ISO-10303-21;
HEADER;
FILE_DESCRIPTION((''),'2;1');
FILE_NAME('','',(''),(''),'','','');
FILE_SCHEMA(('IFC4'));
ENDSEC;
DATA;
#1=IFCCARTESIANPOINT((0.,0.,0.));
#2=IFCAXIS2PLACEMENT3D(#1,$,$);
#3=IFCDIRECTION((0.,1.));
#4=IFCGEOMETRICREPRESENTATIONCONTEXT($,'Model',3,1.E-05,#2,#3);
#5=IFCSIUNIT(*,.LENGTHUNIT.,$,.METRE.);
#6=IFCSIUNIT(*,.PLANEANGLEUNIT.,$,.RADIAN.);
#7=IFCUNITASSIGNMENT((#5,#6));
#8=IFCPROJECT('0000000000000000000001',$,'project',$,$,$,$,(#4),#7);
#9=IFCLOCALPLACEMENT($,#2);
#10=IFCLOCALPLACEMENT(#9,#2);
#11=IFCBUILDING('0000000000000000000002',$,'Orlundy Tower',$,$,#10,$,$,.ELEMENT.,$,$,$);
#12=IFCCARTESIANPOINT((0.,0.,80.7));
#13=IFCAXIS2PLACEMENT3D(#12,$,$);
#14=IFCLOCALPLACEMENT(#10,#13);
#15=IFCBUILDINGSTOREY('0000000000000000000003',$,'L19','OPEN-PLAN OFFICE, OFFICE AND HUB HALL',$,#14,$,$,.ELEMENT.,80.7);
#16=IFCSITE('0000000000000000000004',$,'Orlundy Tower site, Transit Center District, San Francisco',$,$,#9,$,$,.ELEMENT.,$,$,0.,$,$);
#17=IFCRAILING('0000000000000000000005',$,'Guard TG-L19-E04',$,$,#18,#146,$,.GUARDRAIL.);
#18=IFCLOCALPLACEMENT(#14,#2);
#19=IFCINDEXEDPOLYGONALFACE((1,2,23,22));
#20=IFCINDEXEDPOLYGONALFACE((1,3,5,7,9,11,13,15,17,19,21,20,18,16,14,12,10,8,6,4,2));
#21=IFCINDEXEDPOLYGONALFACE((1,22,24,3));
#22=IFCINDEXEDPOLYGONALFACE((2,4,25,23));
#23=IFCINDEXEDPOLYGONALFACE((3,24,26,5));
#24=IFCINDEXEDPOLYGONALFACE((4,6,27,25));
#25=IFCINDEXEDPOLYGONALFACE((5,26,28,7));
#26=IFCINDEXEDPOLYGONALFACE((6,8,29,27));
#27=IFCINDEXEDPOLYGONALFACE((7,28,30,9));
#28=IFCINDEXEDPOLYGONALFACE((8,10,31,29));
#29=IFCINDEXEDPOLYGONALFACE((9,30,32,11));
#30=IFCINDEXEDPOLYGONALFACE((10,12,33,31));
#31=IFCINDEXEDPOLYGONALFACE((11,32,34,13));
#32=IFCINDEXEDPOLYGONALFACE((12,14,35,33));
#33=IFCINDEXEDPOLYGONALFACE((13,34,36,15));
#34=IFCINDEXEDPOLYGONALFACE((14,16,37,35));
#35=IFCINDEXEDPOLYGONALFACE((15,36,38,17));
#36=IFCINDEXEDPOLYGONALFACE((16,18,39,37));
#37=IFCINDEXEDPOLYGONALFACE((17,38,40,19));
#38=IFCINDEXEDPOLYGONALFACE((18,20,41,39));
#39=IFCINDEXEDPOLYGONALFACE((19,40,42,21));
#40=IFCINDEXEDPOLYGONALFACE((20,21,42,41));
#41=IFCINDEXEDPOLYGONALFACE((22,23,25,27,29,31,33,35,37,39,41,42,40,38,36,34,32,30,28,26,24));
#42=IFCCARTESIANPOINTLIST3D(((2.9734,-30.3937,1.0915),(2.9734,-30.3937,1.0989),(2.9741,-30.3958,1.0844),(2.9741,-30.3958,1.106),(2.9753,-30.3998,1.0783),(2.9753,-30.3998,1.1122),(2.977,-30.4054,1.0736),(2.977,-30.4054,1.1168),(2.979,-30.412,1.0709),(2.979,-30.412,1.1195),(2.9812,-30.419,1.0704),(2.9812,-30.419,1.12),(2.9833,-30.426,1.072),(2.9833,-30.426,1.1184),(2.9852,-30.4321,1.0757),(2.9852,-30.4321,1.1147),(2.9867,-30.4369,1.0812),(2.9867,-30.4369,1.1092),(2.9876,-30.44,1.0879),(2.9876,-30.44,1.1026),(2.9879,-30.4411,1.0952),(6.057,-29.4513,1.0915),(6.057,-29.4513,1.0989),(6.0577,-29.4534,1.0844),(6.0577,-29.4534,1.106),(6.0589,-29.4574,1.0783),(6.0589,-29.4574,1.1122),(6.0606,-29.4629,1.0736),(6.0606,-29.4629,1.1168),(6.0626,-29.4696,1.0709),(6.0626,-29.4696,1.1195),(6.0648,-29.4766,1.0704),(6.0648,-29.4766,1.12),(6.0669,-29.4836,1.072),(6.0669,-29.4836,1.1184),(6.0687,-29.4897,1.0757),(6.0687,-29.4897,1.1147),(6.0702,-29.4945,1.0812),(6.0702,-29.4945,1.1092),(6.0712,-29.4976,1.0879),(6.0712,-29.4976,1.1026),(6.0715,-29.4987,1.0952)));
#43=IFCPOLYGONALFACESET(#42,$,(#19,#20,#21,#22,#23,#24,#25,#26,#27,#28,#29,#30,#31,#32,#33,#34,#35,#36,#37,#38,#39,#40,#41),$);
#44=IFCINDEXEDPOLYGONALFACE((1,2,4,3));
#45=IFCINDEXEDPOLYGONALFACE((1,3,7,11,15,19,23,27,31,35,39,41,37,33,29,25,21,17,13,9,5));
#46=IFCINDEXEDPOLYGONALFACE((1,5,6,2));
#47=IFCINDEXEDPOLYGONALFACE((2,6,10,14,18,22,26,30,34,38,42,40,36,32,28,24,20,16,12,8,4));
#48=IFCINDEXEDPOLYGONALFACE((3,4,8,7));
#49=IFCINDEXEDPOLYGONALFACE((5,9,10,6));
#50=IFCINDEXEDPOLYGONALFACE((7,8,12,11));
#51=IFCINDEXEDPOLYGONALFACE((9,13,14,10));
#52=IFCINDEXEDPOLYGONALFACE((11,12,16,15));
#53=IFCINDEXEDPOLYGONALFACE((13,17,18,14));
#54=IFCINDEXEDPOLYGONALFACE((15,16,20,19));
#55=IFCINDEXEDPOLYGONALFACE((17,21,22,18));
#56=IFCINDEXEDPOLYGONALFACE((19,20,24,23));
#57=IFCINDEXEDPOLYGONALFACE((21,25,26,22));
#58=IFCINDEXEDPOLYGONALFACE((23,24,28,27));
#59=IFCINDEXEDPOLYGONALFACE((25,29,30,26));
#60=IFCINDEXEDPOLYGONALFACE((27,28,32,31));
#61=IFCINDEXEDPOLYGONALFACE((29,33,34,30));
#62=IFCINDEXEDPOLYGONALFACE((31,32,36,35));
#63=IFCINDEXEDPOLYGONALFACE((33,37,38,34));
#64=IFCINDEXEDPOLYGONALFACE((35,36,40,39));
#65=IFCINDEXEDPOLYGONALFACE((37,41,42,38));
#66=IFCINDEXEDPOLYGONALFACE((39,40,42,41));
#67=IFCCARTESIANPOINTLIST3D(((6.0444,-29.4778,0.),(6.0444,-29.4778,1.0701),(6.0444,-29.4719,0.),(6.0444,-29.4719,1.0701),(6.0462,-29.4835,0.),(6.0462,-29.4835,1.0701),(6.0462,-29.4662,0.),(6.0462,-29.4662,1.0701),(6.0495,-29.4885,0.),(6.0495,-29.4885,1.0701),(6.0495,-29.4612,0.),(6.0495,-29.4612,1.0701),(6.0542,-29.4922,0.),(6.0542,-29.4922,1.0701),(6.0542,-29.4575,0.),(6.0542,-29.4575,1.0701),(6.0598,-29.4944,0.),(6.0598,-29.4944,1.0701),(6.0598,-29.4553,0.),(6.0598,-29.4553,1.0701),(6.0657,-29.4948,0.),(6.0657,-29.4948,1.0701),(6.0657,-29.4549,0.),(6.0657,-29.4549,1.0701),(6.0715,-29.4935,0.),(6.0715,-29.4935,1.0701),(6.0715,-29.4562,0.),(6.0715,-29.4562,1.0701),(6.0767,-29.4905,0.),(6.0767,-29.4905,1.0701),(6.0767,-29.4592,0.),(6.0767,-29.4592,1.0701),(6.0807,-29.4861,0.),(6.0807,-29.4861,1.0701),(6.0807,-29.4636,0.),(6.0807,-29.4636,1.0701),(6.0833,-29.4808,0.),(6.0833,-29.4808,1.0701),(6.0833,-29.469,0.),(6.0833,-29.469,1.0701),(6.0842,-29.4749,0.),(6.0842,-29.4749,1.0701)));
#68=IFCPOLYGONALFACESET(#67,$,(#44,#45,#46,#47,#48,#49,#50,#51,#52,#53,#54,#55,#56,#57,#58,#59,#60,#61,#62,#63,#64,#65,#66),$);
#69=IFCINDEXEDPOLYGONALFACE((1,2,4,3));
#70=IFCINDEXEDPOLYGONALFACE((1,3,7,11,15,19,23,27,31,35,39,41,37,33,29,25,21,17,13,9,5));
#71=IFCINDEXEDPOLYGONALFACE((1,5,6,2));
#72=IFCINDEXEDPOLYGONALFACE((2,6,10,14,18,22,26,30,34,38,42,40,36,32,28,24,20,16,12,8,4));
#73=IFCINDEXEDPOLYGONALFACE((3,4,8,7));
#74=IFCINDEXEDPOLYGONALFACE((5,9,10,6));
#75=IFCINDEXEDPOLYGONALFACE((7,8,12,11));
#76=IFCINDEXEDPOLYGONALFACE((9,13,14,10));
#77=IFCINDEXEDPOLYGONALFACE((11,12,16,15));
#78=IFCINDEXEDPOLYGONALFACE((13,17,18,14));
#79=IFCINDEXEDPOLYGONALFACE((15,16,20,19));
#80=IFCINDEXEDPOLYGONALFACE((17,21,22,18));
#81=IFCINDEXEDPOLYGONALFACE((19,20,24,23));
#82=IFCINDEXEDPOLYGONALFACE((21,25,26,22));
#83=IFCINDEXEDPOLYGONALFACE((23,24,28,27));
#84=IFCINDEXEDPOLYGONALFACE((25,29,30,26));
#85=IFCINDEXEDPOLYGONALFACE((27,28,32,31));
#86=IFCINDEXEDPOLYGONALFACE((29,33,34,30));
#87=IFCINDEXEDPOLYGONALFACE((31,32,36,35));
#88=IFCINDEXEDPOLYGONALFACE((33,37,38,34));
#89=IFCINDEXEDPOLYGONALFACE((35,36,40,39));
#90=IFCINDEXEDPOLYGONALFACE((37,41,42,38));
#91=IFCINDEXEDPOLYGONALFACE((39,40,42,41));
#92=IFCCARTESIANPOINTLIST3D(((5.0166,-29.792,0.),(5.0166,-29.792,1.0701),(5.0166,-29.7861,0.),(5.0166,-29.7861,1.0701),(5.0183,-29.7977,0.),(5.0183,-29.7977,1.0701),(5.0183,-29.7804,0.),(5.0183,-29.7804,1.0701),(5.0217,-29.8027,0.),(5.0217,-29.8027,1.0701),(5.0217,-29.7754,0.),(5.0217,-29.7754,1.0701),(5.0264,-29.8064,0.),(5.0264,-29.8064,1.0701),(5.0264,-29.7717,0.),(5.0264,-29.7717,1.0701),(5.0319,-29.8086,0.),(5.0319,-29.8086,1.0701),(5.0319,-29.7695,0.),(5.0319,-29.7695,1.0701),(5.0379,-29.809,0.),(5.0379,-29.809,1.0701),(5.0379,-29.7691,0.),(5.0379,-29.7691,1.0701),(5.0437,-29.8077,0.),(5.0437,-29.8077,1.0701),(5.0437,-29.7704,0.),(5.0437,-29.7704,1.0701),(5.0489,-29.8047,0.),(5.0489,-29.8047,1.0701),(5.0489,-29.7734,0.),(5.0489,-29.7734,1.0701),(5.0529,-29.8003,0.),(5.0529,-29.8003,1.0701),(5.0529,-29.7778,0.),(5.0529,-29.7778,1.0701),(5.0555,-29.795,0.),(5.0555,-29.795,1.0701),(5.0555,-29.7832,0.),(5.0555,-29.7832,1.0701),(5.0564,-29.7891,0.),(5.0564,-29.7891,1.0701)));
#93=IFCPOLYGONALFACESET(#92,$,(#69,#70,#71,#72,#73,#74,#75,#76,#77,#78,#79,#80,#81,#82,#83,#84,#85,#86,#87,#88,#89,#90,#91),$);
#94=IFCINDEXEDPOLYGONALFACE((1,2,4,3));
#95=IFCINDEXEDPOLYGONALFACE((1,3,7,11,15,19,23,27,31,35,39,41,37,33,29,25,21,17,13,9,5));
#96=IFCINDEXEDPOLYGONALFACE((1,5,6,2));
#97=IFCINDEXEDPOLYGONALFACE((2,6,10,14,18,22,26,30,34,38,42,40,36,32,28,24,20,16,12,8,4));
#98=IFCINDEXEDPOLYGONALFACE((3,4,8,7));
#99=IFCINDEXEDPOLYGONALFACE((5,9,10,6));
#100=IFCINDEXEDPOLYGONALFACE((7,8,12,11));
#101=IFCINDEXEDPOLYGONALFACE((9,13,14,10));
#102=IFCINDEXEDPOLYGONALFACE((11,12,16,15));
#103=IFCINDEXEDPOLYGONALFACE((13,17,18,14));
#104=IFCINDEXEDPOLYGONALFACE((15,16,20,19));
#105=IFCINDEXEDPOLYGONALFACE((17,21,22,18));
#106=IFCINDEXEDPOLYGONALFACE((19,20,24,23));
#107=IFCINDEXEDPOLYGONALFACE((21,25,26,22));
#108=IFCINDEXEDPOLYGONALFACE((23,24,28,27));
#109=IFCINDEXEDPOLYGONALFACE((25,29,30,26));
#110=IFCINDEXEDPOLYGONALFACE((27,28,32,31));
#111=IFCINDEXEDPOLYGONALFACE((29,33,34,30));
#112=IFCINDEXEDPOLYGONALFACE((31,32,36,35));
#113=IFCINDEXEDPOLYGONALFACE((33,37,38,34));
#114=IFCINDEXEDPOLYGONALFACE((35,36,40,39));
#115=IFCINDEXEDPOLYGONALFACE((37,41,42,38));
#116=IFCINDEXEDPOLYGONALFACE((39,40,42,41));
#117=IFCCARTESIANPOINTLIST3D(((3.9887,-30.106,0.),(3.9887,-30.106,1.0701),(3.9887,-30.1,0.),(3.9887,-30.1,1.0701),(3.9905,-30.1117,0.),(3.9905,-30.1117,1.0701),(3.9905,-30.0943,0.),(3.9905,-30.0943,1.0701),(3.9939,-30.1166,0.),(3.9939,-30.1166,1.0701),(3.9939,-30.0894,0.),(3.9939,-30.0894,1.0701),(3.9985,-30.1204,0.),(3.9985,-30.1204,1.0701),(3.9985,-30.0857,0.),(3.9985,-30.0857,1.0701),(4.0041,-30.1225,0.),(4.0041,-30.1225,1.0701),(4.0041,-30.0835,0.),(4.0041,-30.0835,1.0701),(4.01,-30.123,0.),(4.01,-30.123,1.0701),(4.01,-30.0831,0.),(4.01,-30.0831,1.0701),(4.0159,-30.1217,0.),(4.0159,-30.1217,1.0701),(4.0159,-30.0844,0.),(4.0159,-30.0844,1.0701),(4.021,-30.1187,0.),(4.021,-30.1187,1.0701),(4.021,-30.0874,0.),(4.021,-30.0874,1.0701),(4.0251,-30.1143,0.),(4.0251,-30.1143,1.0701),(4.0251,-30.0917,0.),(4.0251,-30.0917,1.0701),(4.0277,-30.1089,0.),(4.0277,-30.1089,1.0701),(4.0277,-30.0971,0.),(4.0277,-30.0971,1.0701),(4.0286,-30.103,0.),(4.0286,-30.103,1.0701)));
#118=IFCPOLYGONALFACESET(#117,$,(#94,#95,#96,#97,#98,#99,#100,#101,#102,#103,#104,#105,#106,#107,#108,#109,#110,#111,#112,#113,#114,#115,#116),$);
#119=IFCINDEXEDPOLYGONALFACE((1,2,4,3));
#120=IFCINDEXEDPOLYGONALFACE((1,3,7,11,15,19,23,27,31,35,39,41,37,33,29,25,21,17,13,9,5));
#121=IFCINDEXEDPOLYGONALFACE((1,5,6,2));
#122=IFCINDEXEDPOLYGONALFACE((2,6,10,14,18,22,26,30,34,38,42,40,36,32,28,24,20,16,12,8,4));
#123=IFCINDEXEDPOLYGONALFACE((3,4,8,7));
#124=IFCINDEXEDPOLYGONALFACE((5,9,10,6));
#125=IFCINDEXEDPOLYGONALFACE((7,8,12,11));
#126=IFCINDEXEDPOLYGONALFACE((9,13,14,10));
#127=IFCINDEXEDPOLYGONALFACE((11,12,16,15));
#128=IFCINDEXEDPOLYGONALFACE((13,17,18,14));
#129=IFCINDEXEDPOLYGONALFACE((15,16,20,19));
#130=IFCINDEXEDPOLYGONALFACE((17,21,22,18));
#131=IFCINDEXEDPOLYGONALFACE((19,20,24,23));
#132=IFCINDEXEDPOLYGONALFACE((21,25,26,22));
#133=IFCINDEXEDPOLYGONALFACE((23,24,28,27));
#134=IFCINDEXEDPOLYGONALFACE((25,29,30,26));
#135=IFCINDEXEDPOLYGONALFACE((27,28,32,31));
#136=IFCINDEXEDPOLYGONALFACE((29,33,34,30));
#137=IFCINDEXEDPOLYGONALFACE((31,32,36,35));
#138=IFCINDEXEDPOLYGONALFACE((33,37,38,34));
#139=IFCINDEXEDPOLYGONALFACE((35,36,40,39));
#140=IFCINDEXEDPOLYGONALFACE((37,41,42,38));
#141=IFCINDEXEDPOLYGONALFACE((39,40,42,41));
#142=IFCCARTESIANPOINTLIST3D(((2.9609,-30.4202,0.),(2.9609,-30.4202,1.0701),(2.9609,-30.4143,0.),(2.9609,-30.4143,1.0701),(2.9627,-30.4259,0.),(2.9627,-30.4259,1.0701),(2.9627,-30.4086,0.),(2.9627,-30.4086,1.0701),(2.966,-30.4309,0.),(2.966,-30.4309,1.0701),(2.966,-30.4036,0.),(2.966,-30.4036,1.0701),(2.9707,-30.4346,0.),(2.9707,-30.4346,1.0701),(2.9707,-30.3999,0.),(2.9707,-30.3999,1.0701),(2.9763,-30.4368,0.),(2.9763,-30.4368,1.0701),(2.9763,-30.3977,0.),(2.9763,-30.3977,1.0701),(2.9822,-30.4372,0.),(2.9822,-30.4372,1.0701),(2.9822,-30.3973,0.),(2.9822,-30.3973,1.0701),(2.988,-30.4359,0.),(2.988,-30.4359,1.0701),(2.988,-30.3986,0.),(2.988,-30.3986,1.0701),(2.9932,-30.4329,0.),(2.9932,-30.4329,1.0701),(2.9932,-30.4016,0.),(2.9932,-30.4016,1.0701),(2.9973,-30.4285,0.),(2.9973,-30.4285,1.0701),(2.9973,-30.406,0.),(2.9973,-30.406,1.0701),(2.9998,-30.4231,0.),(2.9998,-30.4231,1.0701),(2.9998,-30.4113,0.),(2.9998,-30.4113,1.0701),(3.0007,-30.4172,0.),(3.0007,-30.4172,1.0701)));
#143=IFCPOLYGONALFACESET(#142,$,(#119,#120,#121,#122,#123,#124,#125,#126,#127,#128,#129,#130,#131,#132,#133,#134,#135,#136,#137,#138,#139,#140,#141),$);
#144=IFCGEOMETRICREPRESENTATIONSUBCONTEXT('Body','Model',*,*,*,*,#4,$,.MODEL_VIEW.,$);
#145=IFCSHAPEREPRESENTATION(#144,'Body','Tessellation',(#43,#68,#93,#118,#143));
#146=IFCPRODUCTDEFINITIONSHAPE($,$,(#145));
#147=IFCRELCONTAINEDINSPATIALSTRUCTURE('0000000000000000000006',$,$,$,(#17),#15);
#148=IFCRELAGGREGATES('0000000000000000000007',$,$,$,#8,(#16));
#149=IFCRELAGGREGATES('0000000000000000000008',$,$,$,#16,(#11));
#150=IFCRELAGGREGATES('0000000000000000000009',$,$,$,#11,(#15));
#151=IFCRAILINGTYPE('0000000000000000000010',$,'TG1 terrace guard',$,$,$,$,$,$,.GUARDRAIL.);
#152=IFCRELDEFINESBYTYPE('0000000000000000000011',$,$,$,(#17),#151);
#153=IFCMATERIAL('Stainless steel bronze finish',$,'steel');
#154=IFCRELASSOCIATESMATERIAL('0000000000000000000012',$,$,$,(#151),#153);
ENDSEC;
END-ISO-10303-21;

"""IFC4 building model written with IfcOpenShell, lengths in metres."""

from ifc_helpers import new_model, si_unit, direction, frame, origin, origin_2d, place, context, subcontext, project, spatial, circle, extrude, material, type_object, element, save


model = new_model("IFC4")

# Units and contexts
model_context = context("Model", 3, precision=1e-05, world=origin(), true_north=direction((0.0, 1.0)))
body_context = subcontext(model_context, "Body", "Model", "MODEL_VIEW")
ifc_project = project(units=[si_unit("LENGTHUNIT", "METRE"), si_unit("PLANEANGLEUNIT", "RADIAN")], contexts=[model_context])

# Site, building, storey
site_placement = place(None, origin())
site = spatial("IfcSite", under=ifc_project, at=site_placement, Name="Orlundy Tower site, Transit Center District, San Francisco", CompositionType="ELEMENT", RefElevation=0.0)
building_placement = place(site_placement, origin())
building = spatial("IfcBuilding", under=site, at=building_placement, Name="Orlundy Tower", CompositionType="ELEMENT")
storey_placement = place(building_placement, frame((0.0, 0.0, 80.7)))
storey = spatial("IfcBuildingStorey", under=building, at=storey_placement, Name="L19", Description="OPEN-PLAN OFFICE, OFFICE AND HUB HALL", CompositionType="ELEMENT", Elevation=80.7)

# Railing
ifc_material_1 = material(Name="Stainless steel bronze finish", Category="steel")
railing_type = type_object("IfcRailingType", Name="TG1 terrace guard", PredefinedType="GUARDRAIL", material=ifc_material_1)
railing_placement = place(storey_placement, frame((6.0642, -29.4749, 0.0)))
element("IfcRailing", 1, at=railing_placement, inside=storey, type_object=railing_type, Name="Guard TG-L19-E04", PredefinedType="GUARDRAIL", context=body_context, shape_type="SweptSolid", body=[
    extrude(circle(Radius=0.0249, at=origin_2d()), frame((0.0, 0.0, 1.0952), z_axis=(-0.956334, -0.292276, 0.0), x_axis=(0.292276, -0.956334, 0.0)), (0.0, 0.0, 1.0), 3.2244),
    extrude(circle(Radius=0.02, at=origin_2d()), origin(), (0.0, 0.0, 1.0), 1.0701),
    extrude(circle(Radius=0.02, at=origin_2d()), frame((-1.0278, -0.3142, 0.0)), (0.0, 0.0, 1.0), 1.0701),
    extrude(circle(Radius=0.02, at=origin_2d()), frame((-2.0557, -0.6282, 0.0)), (0.0, 0.0, 1.0), 1.0701),
    extrude(circle(Radius=0.02, at=origin_2d()), frame((-3.0835, -0.9424, 0.0)), (0.0, 0.0, 1.0), 1.0701),
])

save(model, "model.ifc")
